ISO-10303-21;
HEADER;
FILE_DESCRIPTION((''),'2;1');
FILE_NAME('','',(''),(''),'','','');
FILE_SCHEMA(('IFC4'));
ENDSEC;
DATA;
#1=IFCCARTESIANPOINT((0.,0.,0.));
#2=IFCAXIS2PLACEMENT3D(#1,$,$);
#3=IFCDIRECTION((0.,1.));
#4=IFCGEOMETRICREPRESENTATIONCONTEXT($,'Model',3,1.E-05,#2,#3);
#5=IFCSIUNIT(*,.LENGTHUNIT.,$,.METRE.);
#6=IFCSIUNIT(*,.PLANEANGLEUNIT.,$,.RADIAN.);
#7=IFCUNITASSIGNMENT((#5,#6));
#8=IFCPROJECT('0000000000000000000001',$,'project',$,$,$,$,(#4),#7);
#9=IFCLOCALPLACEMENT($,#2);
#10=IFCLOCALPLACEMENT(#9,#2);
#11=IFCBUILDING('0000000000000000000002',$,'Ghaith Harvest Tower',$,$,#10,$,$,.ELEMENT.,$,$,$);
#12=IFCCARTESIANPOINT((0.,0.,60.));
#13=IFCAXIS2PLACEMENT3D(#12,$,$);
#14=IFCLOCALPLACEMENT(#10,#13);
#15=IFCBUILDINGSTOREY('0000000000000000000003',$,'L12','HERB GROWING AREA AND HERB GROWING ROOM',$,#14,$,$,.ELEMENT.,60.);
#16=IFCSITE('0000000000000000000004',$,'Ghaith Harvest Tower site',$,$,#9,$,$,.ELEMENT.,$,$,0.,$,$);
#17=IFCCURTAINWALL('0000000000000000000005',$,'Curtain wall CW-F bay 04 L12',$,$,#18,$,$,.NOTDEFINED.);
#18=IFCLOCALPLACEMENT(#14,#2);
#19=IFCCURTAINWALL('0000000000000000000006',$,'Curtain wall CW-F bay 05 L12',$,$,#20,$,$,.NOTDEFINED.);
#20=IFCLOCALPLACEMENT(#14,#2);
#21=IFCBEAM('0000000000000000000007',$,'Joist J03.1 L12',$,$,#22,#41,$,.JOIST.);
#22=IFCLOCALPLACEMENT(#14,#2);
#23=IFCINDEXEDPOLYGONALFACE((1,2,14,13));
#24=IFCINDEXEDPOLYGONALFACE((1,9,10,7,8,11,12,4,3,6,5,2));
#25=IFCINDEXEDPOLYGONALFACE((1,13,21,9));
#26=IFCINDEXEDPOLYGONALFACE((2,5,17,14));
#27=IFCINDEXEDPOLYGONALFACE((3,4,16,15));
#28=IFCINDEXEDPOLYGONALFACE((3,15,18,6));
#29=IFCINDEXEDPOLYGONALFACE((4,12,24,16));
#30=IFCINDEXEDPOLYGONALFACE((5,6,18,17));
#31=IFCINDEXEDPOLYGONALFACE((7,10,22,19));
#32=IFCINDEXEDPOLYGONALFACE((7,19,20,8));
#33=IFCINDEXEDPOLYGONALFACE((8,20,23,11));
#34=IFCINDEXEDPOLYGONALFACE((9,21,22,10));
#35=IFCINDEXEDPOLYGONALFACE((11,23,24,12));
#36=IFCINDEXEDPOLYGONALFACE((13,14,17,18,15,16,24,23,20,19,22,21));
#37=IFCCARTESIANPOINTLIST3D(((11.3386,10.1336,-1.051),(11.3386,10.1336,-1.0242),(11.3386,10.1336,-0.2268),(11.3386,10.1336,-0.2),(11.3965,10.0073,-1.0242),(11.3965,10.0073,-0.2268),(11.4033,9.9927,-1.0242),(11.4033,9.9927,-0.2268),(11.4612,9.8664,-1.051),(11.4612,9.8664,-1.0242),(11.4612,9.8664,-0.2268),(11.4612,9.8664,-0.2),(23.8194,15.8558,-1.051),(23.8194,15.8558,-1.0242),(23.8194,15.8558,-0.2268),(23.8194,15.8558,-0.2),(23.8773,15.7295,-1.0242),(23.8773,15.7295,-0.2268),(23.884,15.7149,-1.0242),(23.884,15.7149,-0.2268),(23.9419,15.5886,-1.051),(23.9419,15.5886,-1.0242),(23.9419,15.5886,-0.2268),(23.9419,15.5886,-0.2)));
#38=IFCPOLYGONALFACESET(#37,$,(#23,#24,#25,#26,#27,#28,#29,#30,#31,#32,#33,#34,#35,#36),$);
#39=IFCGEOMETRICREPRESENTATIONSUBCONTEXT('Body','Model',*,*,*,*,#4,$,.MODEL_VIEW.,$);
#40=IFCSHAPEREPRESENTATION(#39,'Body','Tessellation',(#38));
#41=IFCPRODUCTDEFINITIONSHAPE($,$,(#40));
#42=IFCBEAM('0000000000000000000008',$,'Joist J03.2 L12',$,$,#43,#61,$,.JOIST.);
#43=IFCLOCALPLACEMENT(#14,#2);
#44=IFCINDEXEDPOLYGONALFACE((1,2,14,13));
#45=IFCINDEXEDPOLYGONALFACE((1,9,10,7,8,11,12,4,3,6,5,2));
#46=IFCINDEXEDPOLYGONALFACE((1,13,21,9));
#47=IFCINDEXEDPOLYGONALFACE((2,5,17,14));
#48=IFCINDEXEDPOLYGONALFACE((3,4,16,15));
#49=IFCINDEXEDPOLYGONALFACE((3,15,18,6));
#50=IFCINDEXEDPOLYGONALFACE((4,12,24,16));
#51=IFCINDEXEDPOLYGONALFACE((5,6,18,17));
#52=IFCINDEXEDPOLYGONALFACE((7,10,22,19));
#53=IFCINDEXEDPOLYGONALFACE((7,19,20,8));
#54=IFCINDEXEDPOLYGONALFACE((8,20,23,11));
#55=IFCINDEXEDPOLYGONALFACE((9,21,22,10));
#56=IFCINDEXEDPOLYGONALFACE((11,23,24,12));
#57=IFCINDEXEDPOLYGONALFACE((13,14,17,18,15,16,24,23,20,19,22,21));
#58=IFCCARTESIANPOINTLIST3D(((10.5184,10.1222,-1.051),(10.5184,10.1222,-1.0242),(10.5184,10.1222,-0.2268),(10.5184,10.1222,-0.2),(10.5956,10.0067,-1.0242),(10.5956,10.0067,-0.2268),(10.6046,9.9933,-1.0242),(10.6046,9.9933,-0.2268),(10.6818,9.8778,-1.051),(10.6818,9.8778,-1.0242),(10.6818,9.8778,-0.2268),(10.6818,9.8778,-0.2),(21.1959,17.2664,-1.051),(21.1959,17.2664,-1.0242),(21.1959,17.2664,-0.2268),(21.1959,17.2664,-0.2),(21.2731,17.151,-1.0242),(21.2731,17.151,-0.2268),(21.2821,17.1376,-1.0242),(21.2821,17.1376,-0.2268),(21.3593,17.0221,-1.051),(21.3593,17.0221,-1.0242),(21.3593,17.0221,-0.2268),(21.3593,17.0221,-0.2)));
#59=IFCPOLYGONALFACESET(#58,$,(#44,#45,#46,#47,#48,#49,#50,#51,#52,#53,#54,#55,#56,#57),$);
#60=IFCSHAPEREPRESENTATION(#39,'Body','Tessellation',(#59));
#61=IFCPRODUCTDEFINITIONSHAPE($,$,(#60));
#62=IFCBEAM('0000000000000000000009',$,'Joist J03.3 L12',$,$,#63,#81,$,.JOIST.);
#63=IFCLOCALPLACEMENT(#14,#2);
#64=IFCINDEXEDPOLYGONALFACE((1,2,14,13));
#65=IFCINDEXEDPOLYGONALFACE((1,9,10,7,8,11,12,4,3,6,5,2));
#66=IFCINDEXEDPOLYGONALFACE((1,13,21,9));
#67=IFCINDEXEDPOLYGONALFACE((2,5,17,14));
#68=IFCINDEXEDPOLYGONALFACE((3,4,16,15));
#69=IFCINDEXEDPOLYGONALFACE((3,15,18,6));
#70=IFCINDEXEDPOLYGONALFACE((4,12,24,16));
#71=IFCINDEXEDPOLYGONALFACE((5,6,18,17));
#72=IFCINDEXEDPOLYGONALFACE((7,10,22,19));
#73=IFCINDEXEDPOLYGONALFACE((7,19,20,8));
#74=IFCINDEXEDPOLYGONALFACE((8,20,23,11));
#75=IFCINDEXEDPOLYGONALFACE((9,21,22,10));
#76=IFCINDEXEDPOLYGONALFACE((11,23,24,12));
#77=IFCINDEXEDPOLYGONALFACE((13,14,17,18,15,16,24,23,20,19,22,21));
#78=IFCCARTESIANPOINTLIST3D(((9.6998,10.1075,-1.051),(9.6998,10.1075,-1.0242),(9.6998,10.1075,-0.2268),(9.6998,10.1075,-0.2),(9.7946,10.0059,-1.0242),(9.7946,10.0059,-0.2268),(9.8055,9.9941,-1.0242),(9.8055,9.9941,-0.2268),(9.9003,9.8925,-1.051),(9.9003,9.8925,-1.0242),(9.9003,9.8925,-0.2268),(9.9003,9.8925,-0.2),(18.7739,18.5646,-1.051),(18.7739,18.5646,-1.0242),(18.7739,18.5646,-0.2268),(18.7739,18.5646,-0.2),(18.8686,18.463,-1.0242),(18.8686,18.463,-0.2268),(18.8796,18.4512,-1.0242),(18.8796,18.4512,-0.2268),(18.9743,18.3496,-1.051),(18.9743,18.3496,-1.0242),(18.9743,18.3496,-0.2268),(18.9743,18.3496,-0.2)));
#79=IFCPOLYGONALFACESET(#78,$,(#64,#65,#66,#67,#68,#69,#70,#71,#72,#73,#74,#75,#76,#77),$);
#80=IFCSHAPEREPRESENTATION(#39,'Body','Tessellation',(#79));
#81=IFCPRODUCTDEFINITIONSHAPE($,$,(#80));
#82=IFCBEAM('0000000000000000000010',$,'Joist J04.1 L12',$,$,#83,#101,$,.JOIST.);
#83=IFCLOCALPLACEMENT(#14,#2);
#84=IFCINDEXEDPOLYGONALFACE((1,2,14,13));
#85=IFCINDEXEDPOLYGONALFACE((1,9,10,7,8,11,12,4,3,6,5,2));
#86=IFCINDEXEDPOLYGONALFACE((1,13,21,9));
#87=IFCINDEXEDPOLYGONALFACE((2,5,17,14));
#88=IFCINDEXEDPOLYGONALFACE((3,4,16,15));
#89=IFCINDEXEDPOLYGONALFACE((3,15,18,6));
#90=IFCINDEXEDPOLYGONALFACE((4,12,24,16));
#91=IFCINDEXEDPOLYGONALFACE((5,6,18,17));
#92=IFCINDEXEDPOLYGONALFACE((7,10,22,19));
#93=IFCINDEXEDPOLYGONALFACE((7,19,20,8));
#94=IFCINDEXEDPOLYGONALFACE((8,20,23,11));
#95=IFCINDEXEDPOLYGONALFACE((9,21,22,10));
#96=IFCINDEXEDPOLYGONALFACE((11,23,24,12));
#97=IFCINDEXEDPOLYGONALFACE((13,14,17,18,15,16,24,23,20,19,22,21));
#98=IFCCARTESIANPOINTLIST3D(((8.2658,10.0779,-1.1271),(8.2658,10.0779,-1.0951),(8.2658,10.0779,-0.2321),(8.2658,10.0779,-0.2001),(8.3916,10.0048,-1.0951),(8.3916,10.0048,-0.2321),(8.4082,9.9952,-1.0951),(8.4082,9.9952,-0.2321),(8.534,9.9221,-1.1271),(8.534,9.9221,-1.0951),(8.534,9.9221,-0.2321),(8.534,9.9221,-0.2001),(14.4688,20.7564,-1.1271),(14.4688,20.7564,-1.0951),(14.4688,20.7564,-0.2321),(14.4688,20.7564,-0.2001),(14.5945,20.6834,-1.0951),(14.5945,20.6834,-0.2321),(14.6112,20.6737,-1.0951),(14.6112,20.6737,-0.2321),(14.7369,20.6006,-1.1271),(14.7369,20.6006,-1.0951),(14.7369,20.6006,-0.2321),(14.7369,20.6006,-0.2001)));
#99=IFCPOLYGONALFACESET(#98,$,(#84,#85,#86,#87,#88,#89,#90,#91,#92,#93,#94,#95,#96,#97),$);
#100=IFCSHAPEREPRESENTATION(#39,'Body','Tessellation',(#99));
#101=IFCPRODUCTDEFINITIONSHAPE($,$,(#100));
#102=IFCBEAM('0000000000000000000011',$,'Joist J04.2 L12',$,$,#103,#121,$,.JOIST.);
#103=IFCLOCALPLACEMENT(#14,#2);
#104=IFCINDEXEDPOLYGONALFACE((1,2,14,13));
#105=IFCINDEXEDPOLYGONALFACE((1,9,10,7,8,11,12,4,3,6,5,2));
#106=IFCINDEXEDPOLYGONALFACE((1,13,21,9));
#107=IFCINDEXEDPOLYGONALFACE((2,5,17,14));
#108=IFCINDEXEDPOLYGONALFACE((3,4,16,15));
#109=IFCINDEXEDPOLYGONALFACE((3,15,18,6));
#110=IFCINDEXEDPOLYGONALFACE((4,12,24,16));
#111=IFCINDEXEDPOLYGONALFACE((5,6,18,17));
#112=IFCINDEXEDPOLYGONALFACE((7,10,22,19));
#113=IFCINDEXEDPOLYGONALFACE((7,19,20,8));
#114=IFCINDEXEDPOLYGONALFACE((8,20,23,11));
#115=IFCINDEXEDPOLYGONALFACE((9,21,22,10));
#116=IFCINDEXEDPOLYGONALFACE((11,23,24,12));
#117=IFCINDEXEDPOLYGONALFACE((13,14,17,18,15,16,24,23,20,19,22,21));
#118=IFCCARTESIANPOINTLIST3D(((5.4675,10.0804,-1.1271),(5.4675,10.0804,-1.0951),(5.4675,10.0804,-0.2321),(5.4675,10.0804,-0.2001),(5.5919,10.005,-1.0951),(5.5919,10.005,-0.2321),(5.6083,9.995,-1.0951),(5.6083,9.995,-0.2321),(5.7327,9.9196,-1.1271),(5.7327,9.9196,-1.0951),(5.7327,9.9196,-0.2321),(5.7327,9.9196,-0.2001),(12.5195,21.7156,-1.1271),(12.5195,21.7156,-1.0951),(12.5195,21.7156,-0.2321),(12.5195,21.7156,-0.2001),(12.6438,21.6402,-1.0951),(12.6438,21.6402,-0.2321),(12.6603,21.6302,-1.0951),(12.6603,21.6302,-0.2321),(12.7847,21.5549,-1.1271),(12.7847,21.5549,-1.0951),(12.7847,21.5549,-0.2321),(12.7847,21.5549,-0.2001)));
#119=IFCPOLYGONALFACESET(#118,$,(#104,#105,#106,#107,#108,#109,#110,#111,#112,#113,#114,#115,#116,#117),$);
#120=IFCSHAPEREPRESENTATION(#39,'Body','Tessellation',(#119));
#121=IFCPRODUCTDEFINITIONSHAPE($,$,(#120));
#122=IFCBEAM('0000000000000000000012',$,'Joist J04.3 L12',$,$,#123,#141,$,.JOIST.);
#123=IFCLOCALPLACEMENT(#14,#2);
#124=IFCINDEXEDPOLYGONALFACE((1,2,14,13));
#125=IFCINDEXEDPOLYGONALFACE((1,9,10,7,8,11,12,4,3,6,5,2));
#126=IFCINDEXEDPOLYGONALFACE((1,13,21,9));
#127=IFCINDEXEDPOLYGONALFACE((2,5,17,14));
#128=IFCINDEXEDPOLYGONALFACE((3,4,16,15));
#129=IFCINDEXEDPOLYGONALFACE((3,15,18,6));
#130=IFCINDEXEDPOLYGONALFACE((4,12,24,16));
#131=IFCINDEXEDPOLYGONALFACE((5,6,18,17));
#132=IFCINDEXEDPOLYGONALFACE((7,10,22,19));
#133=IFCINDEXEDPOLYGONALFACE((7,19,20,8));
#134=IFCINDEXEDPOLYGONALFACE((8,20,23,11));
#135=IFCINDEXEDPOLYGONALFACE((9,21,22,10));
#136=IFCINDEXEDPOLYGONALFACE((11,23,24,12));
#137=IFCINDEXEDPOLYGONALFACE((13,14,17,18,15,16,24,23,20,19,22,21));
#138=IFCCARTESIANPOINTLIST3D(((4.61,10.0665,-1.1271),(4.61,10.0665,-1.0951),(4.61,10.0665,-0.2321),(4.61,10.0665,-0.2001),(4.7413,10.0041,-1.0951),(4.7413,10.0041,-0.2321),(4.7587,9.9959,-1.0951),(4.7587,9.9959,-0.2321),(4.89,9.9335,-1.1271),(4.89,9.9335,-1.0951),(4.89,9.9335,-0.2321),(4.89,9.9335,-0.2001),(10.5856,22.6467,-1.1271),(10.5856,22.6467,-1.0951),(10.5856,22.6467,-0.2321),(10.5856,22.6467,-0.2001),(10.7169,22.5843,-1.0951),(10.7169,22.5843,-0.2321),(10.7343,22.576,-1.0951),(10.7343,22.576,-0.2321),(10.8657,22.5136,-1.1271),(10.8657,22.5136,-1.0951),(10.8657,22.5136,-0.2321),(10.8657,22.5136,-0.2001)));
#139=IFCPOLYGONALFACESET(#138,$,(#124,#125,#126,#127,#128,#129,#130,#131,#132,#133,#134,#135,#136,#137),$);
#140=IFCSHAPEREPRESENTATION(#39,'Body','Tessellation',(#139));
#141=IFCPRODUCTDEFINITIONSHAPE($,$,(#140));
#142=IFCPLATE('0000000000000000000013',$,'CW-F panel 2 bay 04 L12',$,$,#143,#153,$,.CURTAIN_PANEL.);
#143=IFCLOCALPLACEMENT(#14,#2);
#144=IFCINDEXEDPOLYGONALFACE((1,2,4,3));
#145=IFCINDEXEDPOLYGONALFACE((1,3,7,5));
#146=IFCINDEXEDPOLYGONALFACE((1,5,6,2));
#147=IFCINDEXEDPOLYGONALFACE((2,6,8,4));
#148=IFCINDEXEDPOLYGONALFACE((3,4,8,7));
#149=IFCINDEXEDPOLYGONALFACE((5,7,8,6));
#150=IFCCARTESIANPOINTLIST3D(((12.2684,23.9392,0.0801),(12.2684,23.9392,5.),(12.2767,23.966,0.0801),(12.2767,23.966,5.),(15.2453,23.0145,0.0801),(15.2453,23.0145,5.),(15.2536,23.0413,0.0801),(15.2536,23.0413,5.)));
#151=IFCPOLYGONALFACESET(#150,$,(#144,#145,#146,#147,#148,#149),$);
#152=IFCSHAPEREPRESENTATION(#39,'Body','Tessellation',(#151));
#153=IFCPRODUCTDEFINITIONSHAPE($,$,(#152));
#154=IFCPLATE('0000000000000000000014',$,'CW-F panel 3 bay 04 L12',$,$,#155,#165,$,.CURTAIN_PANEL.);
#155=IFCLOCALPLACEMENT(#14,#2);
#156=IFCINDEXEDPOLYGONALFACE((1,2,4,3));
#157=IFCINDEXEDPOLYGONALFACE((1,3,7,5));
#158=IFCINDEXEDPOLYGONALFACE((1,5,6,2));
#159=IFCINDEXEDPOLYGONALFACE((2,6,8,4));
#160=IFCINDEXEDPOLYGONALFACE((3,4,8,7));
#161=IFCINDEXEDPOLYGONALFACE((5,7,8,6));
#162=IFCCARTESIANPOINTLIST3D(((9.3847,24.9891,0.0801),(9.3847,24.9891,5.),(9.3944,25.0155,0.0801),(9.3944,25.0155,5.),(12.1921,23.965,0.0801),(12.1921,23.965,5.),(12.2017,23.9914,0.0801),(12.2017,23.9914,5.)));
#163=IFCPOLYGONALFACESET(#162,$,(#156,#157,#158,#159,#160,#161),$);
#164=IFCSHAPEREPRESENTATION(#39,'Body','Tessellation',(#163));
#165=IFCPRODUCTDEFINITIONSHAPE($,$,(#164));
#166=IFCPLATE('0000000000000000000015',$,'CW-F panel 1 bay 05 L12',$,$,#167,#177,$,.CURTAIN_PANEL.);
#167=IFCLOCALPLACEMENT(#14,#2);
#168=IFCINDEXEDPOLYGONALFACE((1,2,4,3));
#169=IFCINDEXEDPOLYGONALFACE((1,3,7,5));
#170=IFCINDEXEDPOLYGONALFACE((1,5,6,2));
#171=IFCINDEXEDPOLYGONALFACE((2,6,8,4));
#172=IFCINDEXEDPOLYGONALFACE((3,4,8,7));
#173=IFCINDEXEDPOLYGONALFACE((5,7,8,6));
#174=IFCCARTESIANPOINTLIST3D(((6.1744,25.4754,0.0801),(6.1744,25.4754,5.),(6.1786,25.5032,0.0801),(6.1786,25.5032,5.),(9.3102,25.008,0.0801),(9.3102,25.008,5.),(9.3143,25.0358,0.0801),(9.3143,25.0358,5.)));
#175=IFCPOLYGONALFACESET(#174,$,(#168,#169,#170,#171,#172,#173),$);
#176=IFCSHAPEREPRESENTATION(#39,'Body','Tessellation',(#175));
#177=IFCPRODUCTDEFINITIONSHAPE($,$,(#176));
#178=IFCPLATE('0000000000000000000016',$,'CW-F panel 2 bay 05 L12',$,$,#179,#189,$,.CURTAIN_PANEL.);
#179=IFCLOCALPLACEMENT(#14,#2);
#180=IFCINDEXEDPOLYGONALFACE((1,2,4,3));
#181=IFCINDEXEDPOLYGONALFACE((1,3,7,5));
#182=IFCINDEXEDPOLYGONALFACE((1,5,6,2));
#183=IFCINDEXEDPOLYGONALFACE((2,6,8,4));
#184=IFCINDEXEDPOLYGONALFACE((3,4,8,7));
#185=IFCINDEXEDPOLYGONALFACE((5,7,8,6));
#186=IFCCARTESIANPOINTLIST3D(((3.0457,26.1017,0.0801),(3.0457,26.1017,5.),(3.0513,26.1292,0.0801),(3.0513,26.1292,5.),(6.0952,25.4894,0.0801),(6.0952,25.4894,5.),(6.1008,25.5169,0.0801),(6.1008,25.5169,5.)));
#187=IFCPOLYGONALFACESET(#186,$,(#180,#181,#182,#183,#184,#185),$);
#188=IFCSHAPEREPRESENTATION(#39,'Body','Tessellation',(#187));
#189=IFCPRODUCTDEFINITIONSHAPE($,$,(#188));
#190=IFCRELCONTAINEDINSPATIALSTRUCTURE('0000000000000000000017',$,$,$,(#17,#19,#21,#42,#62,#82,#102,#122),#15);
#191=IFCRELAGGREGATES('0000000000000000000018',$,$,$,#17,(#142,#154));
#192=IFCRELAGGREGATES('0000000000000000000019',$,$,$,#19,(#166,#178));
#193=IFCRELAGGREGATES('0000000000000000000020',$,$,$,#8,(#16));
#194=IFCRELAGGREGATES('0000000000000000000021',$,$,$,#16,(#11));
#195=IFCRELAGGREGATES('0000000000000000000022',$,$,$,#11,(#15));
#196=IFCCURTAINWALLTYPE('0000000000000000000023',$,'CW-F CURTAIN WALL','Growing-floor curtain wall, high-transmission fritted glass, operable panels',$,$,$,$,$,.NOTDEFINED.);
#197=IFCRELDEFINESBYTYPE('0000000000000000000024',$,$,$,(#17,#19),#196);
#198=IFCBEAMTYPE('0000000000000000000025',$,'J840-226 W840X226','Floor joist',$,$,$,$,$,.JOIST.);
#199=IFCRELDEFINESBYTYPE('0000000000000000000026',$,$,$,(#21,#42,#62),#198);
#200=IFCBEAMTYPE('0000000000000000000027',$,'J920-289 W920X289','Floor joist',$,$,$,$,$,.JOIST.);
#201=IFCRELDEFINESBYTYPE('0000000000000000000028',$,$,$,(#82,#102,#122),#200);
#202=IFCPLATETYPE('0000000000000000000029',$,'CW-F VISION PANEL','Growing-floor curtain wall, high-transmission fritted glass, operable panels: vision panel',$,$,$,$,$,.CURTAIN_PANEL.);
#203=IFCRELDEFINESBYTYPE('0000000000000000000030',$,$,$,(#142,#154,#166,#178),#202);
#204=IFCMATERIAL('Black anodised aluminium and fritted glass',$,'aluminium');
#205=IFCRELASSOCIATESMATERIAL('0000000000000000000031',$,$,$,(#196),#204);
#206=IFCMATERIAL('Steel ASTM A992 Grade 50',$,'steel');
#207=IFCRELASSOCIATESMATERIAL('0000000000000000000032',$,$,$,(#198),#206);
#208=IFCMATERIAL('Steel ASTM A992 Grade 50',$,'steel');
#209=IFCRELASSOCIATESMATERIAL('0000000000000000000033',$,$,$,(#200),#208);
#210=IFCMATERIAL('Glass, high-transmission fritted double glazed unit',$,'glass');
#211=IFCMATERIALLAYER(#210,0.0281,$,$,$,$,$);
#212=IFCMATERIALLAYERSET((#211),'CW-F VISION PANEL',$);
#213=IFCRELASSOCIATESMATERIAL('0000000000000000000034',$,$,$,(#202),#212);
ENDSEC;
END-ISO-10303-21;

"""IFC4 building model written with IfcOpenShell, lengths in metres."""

from ifc_helpers import new_model, si_unit, direction, frame, origin, origin_2d, place, context, subcontext, project, spatial, rectangle, i_section, extrude, material, layer, layer_set, material_profile, profile_set, type_object, element, aggregate, save


model = new_model("IFC4")

# Units and contexts
model_context = context("Model", 3, precision=1e-05, world=origin(), true_north=direction((0.0, 1.0)))
body_context = subcontext(model_context, "Body", "Model", "MODEL_VIEW")
ifc_project = project(units=[si_unit("LENGTHUNIT", "METRE"), si_unit("PLANEANGLEUNIT", "RADIAN")], contexts=[model_context])

# Site, building, storey
site_placement = place(None, origin())
site = spatial("IfcSite", under=ifc_project, at=site_placement, Name="Ghaith Harvest Tower site", CompositionType="ELEMENT", RefElevation=0.0)
building_placement = place(site_placement, origin())
building = spatial("IfcBuilding", under=site, at=building_placement, Name="Ghaith Harvest Tower", CompositionType="ELEMENT")
storey_placement = place(building_placement, frame((0.0, 0.0, 60.0)))
storey = spatial("IfcBuildingStorey", under=building, at=storey_placement, Name="L12", Description="HERB GROWING AREA AND HERB GROWING ROOM", CompositionType="ELEMENT", Elevation=60.0)

# Curtain wall
ifc_material_1 = material(Name="Black anodised aluminium and fritted glass", Category="aluminium")
curtain_wall_type = type_object("IfcCurtainWallType", Name="CW-F CURTAIN WALL", Description="Growing-floor curtain wall, high-transmission fritted glass, operable panels", PredefinedType="NOTDEFINED", material=ifc_material_1)
curtain_wall_1_placement = place(storey_placement, origin())
curtain_wall_1 = element("IfcCurtainWall", 1, at=curtain_wall_1_placement, inside=storey, type_object=curtain_wall_type, Name="Curtain wall CW-F bay 04 L12", PredefinedType="NOTDEFINED")

# Curtain wall
curtain_wall_2_placement = place(storey_placement, origin())
curtain_wall_2 = element("IfcCurtainWall", 2, at=curtain_wall_2_placement, inside=storey, type_object=curtain_wall_type, Name="Curtain wall CW-F bay 05 L12", PredefinedType="NOTDEFINED")

# Beams
ifc_material_2 = material(Name="Steel ASTM A992 Grade 50", Category="steel")
ifc_material_profile_1 = material_profile(ifc_material_2, i_section(OverallWidth=0.2939, OverallDepth=0.8511, WebThickness=0.0161, FlangeThickness=0.0269, at=origin_2d()), Name="W840X226")
ifc_profile_set_1 = profile_set([ifc_material_profile_1], Name="Steel ASTM A992 Grade 50")
beam_type_1 = type_object("IfcBeamType", Name="J840-226 W840X226", Description="Floor joist", PredefinedType="JOIST", material=ifc_profile_set_1)
beam_1_placement = place(storey_placement, frame((11.3999, 10.0, -0.6255), z_axis=(0.909014, 0.416766, 0.0), x_axis=(-0.416766, 0.909014, 0.0)))
element("IfcBeam", 3, at=beam_1_placement, inside=storey, type_object=beam_type_1, Name="Joist J03.1 L12", PredefinedType="JOIST", context=body_context, shape_type="SweptSolid", body=[
    extrude(i_section(OverallWidth=0.2939, OverallDepth=0.8511, WebThickness=0.0161, FlangeThickness=0.0269, at=origin_2d()), origin(), (0.0, 0.0, 1.0), 13.73),
])
beam_2_placement = place(storey_placement, frame((10.6001, 10.0, -0.6255), z_axis=(0.831116, 0.556098, 0.0), x_axis=(-0.556098, 0.831116, 0.0)))
element("IfcBeam", 4, at=beam_2_placement, inside=storey, type_object=beam_type_1, Name="Joist J03.2 L12", PredefinedType="JOIST", context=body_context, shape_type="SweptSolid", body=[
    extrude(i_section(OverallWidth=0.2939, OverallDepth=0.8511, WebThickness=0.0161, FlangeThickness=0.0269, at=origin_2d()), origin(), (0.0, 0.0, 1.0), 12.8472),
])
beam_3_placement = place(storey_placement, frame((9.8, 10.0, -0.6255), z_axis=(0.731538, 0.681801, 0.0), x_axis=(-0.681801, 0.731538, 0.0)))
element("IfcBeam", 5, at=beam_3_placement, inside=storey, type_object=beam_type_1, Name="Joist J03.3 L12", PredefinedType="JOIST", context=body_context, shape_type="SweptSolid", body=[
    extrude(i_section(OverallWidth=0.2939, OverallDepth=0.8511, WebThickness=0.0161, FlangeThickness=0.0269, at=origin_2d()), origin(), (0.0, 0.0, 1.0), 12.4041),
])
ifc_material_3 = material(Name="Steel ASTM A992 Grade 50", Category="steel")
ifc_material_profile_2 = material_profile(ifc_material_3, i_section(OverallWidth=0.3101, OverallDepth=0.927, WebThickness=0.0193, FlangeThickness=0.032, at=origin_2d()), Name="W920X289")
ifc_profile_set_2 = profile_set([ifc_material_profile_2], Name="Steel ASTM A992 Grade 50")
beam_type_2 = type_object("IfcBeamType", Name="J920-289 W920X289", Description="Floor joist", PredefinedType="JOIST", material=ifc_profile_set_2)
beam_4_placement = place(storey_placement, frame((8.3999, 10.0, -0.6636), z_axis=(0.502286, 0.864702, 0.0), x_axis=(-0.864702, 0.502286, 0.0)))
element("IfcBeam", 6, at=beam_4_placement, inside=storey, type_object=beam_type_2, Name="Joist J04.1 L12", PredefinedType="JOIST", context=body_context, shape_type="SweptSolid", body=[
    extrude(i_section(OverallWidth=0.3101, OverallDepth=0.927, WebThickness=0.0193, FlangeThickness=0.032, at=origin_2d()), origin(), (0.0, 0.0, 1.0), 12.3494),
])
beam_5_placement = place(storey_placement, frame((5.6001, 10.0, -0.6636), z_axis=(0.51832, 0.855187, 0.0), x_axis=(-0.855187, 0.51832, 0.0)))
element("IfcBeam", 7, at=beam_5_placement, inside=storey, type_object=beam_type_2, Name="Joist J04.2 L12", PredefinedType="JOIST", context=body_context, shape_type="SweptSolid", body=[
    extrude(i_section(OverallWidth=0.3101, OverallDepth=0.927, WebThickness=0.0193, FlangeThickness=0.032, at=origin_2d()), origin(), (0.0, 0.0, 1.0), 13.6055),
])
beam_6_placement = place(storey_placement, frame((4.75, 10.0, -0.6636), z_axis=(0.42906, 0.903276, 0.0), x_axis=(-0.903276, 0.42906, 0.0)))
element("IfcBeam", 8, at=beam_6_placement, inside=storey, type_object=beam_type_2, Name="Joist J04.3 L12", PredefinedType="JOIST", context=body_context, shape_type="SweptSolid", body=[
    extrude(i_section(OverallWidth=0.3101, OverallDepth=0.927, WebThickness=0.0193, FlangeThickness=0.032, at=origin_2d()), origin(), (0.0, 0.0, 1.0), 13.9272),
])

# Plates
ifc_material_4 = material(Name="Glass, high-transmission fritted double glazed unit", Category="glass")
ifc_layer_1 = layer(ifc_material_4, 0.0281)
ifc_layer_set_1 = layer_set([ifc_layer_1], Name="CW-F VISION PANEL")
plate_type = type_object("IfcPlateType", Name="CW-F VISION PANEL", Description="Growing-floor curtain wall, high-transmission fritted glass, operable panels: vision panel", PredefinedType="CURTAIN_PANEL", material=ifc_layer_set_1)
plate_1_placement = place(storey_placement, frame((13.761, 23.4902, 0.0801), z_axis=(0.0, 0.0, 1.0), x_axis=(-0.954988, 0.296644, 0.0)))
plate_1 = element("IfcPlate", 9, at=plate_1_placement, type_object=plate_type, Name="CW-F panel 2 bay 04 L12", PredefinedType="CURTAIN_PANEL", context=body_context, shape_type="SweptSolid", body=[
    extrude(rectangle(XDim=3.1172, YDim=0.0281, at=origin_2d()), origin(), (0.0, 0.0, 1.0), 4.9199),
])
plate_2_placement = place(storey_placement, frame((10.7932, 24.4902, 0.0801), z_axis=(0.0, 0.0, 1.0), x_axis=(-0.939438, 0.342718, 0.0)))
plate_2 = element("IfcPlate", 10, at=plate_2_placement, type_object=plate_type, Name="CW-F panel 3 bay 04 L12", PredefinedType="CURTAIN_PANEL", context=body_context, shape_type="SweptSolid", body=[
    extrude(rectangle(XDim=2.9883, YDim=0.0281, at=origin_2d()), origin(), (0.0, 0.0, 1.0), 4.9199),
])
aggregate(curtain_wall_1, [plate_1, plate_2])
plate_3_placement = place(storey_placement, frame((7.7444, 25.2556, 0.0801), z_axis=(0.0, 0.0, 1.0), x_axis=(-0.989074, 0.147418, 0.0)))
plate_3 = element("IfcPlate", 11, at=plate_3_placement, type_object=plate_type, Name="CW-F panel 1 bay 05 L12", PredefinedType="CURTAIN_PANEL", context=body_context, shape_type="SweptSolid", body=[
    extrude(rectangle(XDim=3.1704, YDim=0.0281, at=origin_2d()), origin(), (0.0, 0.0, 1.0), 4.9199),
])
plate_4_placement = place(storey_placement, frame((4.5732, 25.8093, 0.0801), z_axis=(0.0, 0.0, 1.0), x_axis=(-0.980432, 0.196856, 0.0)))
plate_4 = element("IfcPlate", 12, at=plate_4_placement, type_object=plate_type, Name="CW-F panel 2 bay 05 L12", PredefinedType="CURTAIN_PANEL", context=body_context, shape_type="SweptSolid", body=[
    extrude(rectangle(XDim=3.1104, YDim=0.0281, at=origin_2d()), origin(), (0.0, 0.0, 1.0), 4.9199),
])
aggregate(curtain_wall_2, [plate_3, plate_4])

save(model, "model.ifc")
